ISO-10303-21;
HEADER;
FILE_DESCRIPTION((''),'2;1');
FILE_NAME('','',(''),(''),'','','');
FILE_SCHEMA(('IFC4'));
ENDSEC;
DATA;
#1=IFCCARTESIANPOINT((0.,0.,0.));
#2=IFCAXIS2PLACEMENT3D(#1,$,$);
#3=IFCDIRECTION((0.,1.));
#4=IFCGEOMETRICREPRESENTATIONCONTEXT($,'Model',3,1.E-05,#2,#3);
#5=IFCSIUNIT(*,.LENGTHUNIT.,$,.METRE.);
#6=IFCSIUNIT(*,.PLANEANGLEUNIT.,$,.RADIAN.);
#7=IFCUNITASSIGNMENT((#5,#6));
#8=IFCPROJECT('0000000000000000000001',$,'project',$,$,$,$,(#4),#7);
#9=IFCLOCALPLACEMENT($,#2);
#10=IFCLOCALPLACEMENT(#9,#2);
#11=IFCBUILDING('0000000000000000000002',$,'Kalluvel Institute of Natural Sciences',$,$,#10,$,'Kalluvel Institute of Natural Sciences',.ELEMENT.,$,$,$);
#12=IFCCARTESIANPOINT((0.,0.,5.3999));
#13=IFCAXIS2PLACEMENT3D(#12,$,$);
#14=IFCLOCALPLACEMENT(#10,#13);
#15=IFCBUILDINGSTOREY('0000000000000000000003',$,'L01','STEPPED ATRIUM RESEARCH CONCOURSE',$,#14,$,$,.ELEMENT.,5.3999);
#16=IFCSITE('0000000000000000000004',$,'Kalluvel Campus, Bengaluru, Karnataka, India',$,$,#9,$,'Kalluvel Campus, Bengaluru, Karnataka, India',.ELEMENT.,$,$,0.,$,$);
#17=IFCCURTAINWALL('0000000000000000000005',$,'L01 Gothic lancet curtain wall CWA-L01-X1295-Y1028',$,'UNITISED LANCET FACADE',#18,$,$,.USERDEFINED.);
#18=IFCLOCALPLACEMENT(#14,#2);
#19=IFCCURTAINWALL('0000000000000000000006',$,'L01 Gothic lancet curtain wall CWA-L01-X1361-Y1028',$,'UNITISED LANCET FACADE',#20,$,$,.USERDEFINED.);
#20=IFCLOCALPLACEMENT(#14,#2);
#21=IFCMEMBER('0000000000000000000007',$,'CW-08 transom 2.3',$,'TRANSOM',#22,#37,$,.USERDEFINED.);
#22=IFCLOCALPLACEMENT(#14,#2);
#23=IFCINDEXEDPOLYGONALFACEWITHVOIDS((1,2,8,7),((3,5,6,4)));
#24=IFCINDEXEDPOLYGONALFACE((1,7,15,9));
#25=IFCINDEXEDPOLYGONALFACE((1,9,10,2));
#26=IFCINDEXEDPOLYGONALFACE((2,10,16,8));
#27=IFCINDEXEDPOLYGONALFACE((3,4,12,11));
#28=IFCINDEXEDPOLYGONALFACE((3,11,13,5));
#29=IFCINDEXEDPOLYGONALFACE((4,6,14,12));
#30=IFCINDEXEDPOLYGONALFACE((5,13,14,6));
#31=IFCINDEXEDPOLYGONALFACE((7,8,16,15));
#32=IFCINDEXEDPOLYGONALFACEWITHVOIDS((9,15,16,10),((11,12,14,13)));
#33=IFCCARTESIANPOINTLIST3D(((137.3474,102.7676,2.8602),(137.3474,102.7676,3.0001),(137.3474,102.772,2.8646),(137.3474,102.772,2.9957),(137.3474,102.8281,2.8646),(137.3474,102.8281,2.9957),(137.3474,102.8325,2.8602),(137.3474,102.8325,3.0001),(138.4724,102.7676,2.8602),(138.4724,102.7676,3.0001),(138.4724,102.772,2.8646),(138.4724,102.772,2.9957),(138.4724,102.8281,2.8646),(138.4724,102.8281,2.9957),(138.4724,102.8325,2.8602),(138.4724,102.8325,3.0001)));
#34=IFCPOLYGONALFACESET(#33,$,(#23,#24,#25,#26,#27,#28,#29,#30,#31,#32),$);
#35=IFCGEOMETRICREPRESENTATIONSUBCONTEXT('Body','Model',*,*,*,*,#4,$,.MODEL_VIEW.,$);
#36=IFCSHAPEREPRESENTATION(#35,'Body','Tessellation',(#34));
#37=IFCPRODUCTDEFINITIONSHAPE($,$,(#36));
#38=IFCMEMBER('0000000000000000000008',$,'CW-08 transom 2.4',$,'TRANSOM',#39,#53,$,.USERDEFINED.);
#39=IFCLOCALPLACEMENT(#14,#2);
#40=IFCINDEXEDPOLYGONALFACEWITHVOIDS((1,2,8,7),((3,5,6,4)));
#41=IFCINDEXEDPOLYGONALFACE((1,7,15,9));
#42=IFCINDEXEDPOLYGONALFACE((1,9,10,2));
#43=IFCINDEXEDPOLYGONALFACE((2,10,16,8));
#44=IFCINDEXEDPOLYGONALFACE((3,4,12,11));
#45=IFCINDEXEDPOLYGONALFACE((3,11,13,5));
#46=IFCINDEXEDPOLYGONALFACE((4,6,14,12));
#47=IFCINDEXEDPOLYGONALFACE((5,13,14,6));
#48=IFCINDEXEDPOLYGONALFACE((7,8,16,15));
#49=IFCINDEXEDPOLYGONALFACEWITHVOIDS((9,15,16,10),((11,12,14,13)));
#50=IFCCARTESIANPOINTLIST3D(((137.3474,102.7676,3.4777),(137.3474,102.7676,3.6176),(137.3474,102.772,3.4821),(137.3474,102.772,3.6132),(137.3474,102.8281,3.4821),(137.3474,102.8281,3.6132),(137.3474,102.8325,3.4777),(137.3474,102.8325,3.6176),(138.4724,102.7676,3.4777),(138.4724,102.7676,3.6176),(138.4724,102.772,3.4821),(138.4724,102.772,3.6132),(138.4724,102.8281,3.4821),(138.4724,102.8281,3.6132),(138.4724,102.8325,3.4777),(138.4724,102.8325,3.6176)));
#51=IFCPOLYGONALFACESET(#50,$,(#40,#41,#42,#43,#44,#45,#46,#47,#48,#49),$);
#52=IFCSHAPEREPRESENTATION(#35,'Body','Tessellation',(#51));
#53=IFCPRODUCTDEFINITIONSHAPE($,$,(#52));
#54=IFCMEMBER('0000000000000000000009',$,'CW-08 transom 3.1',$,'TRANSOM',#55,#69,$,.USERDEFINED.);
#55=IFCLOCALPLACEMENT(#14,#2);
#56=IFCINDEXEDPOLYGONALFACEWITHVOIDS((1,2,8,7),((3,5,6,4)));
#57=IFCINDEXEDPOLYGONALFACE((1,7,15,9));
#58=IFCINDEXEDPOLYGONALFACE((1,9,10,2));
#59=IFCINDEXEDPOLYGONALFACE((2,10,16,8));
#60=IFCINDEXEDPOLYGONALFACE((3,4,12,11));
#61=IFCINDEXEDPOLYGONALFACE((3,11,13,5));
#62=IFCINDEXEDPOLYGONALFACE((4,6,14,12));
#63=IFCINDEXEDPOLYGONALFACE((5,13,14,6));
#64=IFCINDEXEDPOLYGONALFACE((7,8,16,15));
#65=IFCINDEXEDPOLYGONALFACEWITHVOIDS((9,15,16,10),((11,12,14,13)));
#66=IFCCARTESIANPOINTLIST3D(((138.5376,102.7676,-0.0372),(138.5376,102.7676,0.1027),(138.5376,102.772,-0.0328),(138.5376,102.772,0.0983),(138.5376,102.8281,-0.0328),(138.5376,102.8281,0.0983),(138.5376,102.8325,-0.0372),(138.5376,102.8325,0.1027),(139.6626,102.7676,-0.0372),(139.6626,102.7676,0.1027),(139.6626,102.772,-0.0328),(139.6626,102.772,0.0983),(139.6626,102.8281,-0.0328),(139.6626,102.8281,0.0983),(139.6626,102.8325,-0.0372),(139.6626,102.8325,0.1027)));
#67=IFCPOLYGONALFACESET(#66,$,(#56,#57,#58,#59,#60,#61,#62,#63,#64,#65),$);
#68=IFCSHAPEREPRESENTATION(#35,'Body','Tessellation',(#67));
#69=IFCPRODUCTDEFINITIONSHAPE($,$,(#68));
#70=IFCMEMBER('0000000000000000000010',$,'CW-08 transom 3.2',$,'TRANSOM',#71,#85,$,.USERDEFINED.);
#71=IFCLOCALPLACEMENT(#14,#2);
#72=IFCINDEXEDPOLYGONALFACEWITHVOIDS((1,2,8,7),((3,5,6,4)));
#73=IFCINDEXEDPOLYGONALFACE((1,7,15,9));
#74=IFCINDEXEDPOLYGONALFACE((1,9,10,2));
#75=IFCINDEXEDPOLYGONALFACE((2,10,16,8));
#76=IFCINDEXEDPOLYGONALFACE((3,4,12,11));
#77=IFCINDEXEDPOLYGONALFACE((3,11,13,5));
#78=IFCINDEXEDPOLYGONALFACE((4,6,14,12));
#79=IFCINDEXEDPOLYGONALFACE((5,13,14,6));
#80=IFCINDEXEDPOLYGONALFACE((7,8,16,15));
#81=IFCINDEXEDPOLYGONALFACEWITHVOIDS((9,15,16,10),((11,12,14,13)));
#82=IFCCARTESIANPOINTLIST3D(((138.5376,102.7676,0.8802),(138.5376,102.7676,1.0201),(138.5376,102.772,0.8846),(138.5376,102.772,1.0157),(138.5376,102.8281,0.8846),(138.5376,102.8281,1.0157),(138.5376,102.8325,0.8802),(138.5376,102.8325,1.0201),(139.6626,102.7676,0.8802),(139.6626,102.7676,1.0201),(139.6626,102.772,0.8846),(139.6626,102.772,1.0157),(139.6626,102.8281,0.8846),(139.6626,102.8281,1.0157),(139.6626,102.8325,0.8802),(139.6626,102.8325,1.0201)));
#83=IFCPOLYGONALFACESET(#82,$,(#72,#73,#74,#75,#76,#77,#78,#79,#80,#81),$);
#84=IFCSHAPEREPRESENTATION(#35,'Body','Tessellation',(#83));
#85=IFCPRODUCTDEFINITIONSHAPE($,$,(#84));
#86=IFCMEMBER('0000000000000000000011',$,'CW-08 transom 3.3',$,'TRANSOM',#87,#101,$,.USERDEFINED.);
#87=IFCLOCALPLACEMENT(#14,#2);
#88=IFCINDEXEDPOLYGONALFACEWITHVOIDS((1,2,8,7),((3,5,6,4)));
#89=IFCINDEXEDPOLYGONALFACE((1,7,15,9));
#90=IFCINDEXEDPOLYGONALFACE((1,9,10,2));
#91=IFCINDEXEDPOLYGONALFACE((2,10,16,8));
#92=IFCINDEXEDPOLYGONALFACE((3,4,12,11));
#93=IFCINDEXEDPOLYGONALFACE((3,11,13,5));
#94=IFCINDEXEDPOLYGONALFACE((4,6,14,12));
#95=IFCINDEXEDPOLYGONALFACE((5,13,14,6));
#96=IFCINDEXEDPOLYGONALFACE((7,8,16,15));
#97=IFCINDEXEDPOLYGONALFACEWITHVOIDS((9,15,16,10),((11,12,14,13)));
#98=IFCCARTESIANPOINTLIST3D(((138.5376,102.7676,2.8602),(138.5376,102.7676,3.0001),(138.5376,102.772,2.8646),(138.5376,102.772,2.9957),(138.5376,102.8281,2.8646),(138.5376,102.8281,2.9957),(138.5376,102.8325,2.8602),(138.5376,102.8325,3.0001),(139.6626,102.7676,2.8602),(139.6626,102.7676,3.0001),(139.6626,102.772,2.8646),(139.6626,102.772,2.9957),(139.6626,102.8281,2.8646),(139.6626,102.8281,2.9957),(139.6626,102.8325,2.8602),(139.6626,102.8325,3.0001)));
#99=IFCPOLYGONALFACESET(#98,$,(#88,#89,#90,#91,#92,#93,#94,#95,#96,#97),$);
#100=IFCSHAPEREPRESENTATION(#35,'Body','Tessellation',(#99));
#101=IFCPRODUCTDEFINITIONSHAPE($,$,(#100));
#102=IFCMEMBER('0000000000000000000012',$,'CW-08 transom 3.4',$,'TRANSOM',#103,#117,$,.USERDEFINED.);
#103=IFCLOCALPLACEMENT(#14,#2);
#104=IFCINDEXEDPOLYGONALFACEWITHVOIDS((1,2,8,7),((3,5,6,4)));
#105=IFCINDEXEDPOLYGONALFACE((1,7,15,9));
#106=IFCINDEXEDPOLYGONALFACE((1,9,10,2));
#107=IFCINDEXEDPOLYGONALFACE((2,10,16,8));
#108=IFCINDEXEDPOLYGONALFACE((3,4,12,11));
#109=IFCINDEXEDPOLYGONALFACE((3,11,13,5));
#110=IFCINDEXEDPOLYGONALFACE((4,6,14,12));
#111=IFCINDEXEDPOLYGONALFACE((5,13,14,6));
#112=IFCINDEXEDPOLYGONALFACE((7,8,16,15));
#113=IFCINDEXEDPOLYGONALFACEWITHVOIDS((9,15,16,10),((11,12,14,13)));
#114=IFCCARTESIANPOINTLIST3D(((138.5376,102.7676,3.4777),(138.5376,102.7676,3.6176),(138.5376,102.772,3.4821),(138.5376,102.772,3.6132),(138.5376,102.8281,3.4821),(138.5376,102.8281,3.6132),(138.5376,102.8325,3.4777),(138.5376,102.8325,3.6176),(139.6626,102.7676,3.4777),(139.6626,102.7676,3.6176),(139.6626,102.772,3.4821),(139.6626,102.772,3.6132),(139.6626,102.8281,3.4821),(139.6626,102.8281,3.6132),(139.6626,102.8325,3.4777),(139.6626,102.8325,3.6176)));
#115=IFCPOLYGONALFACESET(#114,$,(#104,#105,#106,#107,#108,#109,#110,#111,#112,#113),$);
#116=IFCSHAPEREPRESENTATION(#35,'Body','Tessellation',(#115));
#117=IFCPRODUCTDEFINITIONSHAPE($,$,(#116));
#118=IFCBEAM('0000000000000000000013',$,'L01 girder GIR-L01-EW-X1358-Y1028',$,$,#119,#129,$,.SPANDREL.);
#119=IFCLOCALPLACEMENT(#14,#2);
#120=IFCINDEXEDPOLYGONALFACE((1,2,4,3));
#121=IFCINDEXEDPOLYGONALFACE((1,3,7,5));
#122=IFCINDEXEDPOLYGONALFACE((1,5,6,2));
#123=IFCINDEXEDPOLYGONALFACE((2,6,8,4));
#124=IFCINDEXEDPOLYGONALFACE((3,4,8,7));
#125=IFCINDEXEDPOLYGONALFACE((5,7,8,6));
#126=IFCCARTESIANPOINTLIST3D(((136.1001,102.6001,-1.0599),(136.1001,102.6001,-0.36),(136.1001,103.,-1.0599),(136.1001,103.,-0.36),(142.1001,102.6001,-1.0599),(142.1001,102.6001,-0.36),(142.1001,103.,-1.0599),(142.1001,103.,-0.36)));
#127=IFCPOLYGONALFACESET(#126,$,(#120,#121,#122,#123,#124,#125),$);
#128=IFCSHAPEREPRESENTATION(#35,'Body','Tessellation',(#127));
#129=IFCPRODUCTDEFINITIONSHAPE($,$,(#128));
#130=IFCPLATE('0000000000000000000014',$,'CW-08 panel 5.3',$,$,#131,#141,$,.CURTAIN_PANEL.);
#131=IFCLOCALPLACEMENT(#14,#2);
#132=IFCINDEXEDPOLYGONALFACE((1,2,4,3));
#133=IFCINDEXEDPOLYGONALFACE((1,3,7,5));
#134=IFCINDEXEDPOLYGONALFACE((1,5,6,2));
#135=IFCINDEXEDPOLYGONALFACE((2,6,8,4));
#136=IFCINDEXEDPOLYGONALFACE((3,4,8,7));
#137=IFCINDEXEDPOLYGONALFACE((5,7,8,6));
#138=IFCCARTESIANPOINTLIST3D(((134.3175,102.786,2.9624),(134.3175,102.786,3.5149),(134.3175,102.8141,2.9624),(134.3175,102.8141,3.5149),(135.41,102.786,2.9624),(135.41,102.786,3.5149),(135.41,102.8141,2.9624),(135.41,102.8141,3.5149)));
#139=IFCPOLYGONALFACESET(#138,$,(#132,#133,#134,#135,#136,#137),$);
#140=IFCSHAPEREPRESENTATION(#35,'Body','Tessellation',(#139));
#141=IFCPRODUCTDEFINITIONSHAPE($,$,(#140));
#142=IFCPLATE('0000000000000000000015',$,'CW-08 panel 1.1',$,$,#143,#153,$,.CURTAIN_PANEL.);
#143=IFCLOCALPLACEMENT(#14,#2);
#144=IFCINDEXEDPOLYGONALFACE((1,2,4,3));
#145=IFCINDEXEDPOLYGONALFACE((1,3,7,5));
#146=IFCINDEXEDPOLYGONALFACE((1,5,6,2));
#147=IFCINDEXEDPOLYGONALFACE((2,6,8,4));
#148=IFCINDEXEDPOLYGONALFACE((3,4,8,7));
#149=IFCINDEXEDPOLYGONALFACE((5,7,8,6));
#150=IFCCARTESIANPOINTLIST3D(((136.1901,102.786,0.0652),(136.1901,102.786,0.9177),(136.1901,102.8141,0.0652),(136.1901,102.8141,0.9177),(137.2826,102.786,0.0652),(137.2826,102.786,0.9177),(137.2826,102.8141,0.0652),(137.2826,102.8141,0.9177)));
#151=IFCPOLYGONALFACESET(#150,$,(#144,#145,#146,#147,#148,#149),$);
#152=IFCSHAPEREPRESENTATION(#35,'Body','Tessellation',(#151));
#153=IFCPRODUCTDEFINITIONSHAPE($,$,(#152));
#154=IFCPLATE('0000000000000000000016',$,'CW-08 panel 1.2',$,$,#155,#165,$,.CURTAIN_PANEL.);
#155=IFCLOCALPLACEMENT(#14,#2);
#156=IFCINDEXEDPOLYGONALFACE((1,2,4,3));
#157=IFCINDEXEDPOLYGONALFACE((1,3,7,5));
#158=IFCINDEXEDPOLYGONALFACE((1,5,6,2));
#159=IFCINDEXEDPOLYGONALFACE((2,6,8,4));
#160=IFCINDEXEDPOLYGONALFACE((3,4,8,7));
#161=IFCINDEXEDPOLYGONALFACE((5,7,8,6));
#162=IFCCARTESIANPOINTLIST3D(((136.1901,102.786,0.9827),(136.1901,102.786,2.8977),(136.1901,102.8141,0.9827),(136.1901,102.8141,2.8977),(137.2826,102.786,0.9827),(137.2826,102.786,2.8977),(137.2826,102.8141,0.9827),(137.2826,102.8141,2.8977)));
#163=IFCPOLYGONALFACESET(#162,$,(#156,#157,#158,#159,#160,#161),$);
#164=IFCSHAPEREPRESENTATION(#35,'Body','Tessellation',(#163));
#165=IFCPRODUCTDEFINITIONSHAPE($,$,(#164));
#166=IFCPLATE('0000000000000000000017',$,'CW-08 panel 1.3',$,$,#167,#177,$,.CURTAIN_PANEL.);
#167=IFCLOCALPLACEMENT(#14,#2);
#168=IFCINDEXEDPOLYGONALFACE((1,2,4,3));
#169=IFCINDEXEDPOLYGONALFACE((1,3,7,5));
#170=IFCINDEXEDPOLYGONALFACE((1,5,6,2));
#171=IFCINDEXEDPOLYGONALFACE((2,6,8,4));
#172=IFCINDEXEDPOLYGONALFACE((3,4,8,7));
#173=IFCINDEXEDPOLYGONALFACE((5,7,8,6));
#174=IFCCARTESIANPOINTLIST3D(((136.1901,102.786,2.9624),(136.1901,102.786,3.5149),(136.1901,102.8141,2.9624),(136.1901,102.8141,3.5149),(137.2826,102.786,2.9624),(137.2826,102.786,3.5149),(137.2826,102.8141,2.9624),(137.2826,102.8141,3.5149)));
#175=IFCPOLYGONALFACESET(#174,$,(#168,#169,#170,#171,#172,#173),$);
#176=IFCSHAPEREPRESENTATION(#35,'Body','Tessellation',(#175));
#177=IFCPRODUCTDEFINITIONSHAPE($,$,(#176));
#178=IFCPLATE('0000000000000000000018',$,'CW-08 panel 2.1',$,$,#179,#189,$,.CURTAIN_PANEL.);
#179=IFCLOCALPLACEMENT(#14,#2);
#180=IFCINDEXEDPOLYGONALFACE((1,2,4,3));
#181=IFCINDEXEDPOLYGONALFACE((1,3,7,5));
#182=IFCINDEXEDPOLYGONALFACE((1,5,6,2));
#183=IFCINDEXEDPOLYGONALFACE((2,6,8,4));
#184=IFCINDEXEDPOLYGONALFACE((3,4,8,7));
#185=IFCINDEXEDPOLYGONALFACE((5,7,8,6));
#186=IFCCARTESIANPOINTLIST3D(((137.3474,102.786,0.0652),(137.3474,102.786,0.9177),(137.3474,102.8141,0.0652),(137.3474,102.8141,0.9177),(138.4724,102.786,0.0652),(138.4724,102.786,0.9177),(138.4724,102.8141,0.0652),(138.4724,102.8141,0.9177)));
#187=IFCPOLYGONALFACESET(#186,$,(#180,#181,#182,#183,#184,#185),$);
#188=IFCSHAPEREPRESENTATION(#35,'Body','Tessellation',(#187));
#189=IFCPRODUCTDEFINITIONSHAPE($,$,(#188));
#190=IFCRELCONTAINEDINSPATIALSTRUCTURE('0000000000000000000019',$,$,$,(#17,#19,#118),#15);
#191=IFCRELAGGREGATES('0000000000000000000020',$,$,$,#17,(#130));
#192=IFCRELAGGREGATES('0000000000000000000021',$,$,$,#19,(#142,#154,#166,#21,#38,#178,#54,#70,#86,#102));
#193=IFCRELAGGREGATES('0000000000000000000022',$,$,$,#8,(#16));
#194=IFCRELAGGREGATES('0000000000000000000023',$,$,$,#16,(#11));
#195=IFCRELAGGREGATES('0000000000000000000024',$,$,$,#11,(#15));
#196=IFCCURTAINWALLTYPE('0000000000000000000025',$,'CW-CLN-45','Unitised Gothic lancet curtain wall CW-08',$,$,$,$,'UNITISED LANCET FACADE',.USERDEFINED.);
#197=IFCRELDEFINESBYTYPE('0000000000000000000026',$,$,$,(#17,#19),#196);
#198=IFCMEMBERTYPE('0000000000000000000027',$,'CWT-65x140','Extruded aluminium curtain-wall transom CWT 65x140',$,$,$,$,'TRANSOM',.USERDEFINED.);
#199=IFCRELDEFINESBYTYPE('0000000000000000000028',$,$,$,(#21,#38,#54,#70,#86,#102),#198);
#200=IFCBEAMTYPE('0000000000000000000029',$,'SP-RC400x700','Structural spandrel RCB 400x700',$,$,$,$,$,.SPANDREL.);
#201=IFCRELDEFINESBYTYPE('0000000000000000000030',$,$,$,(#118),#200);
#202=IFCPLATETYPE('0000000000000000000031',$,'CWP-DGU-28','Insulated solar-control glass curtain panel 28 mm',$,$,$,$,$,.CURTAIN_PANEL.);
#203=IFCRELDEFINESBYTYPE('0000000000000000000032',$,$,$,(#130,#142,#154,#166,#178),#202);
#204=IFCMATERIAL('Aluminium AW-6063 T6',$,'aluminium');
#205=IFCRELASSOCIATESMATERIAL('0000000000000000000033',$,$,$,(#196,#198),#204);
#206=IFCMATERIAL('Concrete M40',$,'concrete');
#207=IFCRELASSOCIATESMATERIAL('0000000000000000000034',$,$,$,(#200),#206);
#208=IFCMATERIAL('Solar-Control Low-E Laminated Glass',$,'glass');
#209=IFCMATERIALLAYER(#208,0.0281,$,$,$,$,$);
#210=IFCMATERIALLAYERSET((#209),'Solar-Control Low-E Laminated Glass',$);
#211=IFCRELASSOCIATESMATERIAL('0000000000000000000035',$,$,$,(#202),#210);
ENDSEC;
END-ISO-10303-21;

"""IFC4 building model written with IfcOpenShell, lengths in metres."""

from ifc_helpers import new_model, si_unit, direction, frame, origin, origin_2d, place, context, subcontext, project, spatial, rectangle, hollow_rectangle, extrude, material, layer, layer_set, material_profile, profile_set, type_object, element, aggregate, save


model = new_model("IFC4")

# Units and contexts
model_context = context("Model", 3, precision=1e-05, world=origin(), true_north=direction((0.0, 1.0)))
body_context = subcontext(model_context, "Body", "Model", "MODEL_VIEW")
ifc_project = project(units=[si_unit("LENGTHUNIT", "METRE"), si_unit("PLANEANGLEUNIT", "RADIAN")], contexts=[model_context])

# Site, building, storey
site_placement = place(None, origin())
site = spatial("IfcSite", under=ifc_project, at=site_placement, Name="Kalluvel Campus, Bengaluru, Karnataka, India", LongName="Kalluvel Campus, Bengaluru, Karnataka, India", CompositionType="ELEMENT", RefElevation=0.0)
building_placement = place(site_placement, origin())
building = spatial("IfcBuilding", under=site, at=building_placement, Name="Kalluvel Institute of Natural Sciences", LongName="Kalluvel Institute of Natural Sciences", CompositionType="ELEMENT")
storey_placement = place(building_placement, frame((0.0, 0.0, 5.3999)))
storey = spatial("IfcBuildingStorey", under=building, at=storey_placement, Name="L01", Description="STEPPED ATRIUM RESEARCH CONCOURSE", CompositionType="ELEMENT", Elevation=5.3999)

# Shared definitions
ifc_material_1 = material(Name="Concrete M40", Category="concrete")

# Curtain wall
ifc_material_2 = material(Name="Aluminium AW-6063 T6", Category="aluminium")
curtain_wall_type = type_object("IfcCurtainWallType", Name="CW-CLN-45", Description="Unitised Gothic lancet curtain wall CW-08", ElementType="UNITISED LANCET FACADE", PredefinedType="USERDEFINED", material=ifc_material_2)
curtain_wall_1_placement = place(storey_placement, origin())
curtain_wall_1 = element("IfcCurtainWall", 1, at=curtain_wall_1_placement, inside=storey, type_object=curtain_wall_type, Name="L01 Gothic lancet curtain wall CWA-L01-X1295-Y1028", ObjectType="UNITISED LANCET FACADE", PredefinedType="USERDEFINED")

# Curtain wall, members
curtain_wall_2_placement = place(storey_placement, origin())
curtain_wall_2 = element("IfcCurtainWall", 2, at=curtain_wall_2_placement, inside=storey, type_object=curtain_wall_type, Name="L01 Gothic lancet curtain wall CWA-L01-X1361-Y1028", ObjectType="UNITISED LANCET FACADE", PredefinedType="USERDEFINED")
ifc_material_profile_1 = material_profile(ifc_material_2, hollow_rectangle(XDim=0.0649, YDim=0.1399, WallThickness=0.0044, at=origin_2d()), Name="CWT 65x140")
ifc_profile_set_1 = profile_set([ifc_material_profile_1], Name="Aluminium AW-6063 T6")
member_type_1 = type_object("IfcMemberType", Name="CWT-65x140", Description="Extruded aluminium curtain-wall transom CWT 65x140", ElementType="TRANSOM", PredefinedType="USERDEFINED", material=ifc_profile_set_1)
member_1_placement = place(storey_placement, frame((137.3474, 102.8, 2.9302), z_axis=(1.0, 0.0, 0.0), x_axis=(0.0, 1.0, 0.0)))
member_1 = element("IfcMember", 3, at=member_1_placement, type_object=member_type_1, Name="CW-08 transom 2.3", ObjectType="TRANSOM", PredefinedType="USERDEFINED", context=body_context, shape_type="SweptSolid", body=[
    extrude(hollow_rectangle(XDim=0.0649, YDim=0.1399, WallThickness=0.0044, at=origin_2d()), origin(), (0.0, 0.0, 1.0), 1.125),
])
member_2_placement = place(storey_placement, frame((137.3474, 102.8, 3.5476), z_axis=(1.0, 0.0, 0.0), x_axis=(0.0, 1.0, 0.0)))
member_2 = element("IfcMember", 4, at=member_2_placement, type_object=member_type_1, Name="CW-08 transom 2.4", ObjectType="TRANSOM", PredefinedType="USERDEFINED", context=body_context, shape_type="SweptSolid", body=[
    extrude(hollow_rectangle(XDim=0.0649, YDim=0.1399, WallThickness=0.0044, at=origin_2d()), origin(), (0.0, 0.0, 1.0), 1.125),
])
member_3_placement = place(storey_placement, frame((138.5376, 102.8, 0.0327), z_axis=(1.0, 0.0, 0.0), x_axis=(0.0, 1.0, 0.0)))
member_3 = element("IfcMember", 5, at=member_3_placement, type_object=member_type_1, Name="CW-08 transom 3.1", ObjectType="TRANSOM", PredefinedType="USERDEFINED", context=body_context, shape_type="SweptSolid", body=[
    extrude(hollow_rectangle(XDim=0.0649, YDim=0.1399, WallThickness=0.0044, at=origin_2d()), origin(), (0.0, 0.0, 1.0), 1.125),
])
member_4_placement = place(storey_placement, frame((138.5376, 102.8, 0.9502), z_axis=(1.0, 0.0, 0.0), x_axis=(0.0, 1.0, 0.0)))
member_4 = element("IfcMember", 6, at=member_4_placement, type_object=member_type_1, Name="CW-08 transom 3.2", ObjectType="TRANSOM", PredefinedType="USERDEFINED", context=body_context, shape_type="SweptSolid", body=[
    extrude(hollow_rectangle(XDim=0.0649, YDim=0.1399, WallThickness=0.0044, at=origin_2d()), origin(), (0.0, 0.0, 1.0), 1.125),
])
member_5_placement = place(storey_placement, frame((138.5376, 102.8, 2.9302), z_axis=(1.0, 0.0, 0.0), x_axis=(0.0, 1.0, 0.0)))
member_5 = element("IfcMember", 7, at=member_5_placement, type_object=member_type_1, Name="CW-08 transom 3.3", ObjectType="TRANSOM", PredefinedType="USERDEFINED", context=body_context, shape_type="SweptSolid", body=[
    extrude(hollow_rectangle(XDim=0.0649, YDim=0.1399, WallThickness=0.0044, at=origin_2d()), origin(), (0.0, 0.0, 1.0), 1.125),
])
member_6_placement = place(storey_placement, frame((138.5376, 102.8, 3.5476), z_axis=(1.0, 0.0, 0.0), x_axis=(0.0, 1.0, 0.0)))
member_6 = element("IfcMember", 8, at=member_6_placement, type_object=member_type_1, Name="CW-08 transom 3.4", ObjectType="TRANSOM", PredefinedType="USERDEFINED", context=body_context, shape_type="SweptSolid", body=[
    extrude(hollow_rectangle(XDim=0.0649, YDim=0.1399, WallThickness=0.0044, at=origin_2d()), origin(), (0.0, 0.0, 1.0), 1.125),
])

# Beam
ifc_material_profile_2 = material_profile(ifc_material_1, rectangle(XDim=0.3999, YDim=0.7, at=origin_2d()), Name="RCB 400x700")
ifc_profile_set_2 = profile_set([ifc_material_profile_2], Name="Concrete M40")
beam_type = type_object("IfcBeamType", Name="SP-RC400x700", Description="Structural spandrel RCB 400x700", PredefinedType="SPANDREL", material=ifc_profile_set_2)
beam_placement = place(storey_placement, frame((136.1001, 102.8, -0.71), z_axis=(1.0, 0.0, 0.0), x_axis=(0.0, 1.0, 0.0)))
element("IfcBeam", 9, at=beam_placement, inside=storey, type_object=beam_type, Name="L01 girder GIR-L01-EW-X1358-Y1028", PredefinedType="SPANDREL", context=body_context, shape_type="SweptSolid", body=[
    extrude(rectangle(XDim=0.3999, YDim=0.7, at=origin_2d()), origin(), (0.0, 0.0, 1.0), 6.0),
])

# Plates
ifc_material_3 = material(Name="Solar-Control Low-E Laminated Glass", Category="glass")
ifc_layer = layer(ifc_material_3, 0.0281)
ifc_layer_set = layer_set([ifc_layer], Name="Solar-Control Low-E Laminated Glass")
plate_type = type_object("IfcPlateType", Name="CWP-DGU-28", Description="Insulated solar-control glass curtain panel 28 mm", PredefinedType="CURTAIN_PANEL", material=ifc_layer_set)
plate_1_placement = place(storey_placement, frame((134.8638, 102.8, 2.9624), z_axis=(0.0, 0.0, 1.0), x_axis=(1.0, 0.0, 0.0)))
plate_1 = element("IfcPlate", 10, at=plate_1_placement, type_object=plate_type, Name="CW-08 panel 5.3", PredefinedType="CURTAIN_PANEL", context=body_context, shape_type="SweptSolid", body=[
    extrude(rectangle(XDim=1.0925, YDim=0.0281, at=origin_2d()), origin(), (0.0, 0.0, 1.0), 0.5525),
])
aggregate(curtain_wall_1, [plate_1])
plate_2_placement = place(storey_placement, frame((136.7363, 102.8, 0.0652), z_axis=(0.0, 0.0, 1.0), x_axis=(1.0, 0.0, 0.0)))
plate_2 = element("IfcPlate", 11, at=plate_2_placement, type_object=plate_type, Name="CW-08 panel 1.1", PredefinedType="CURTAIN_PANEL", context=body_context, shape_type="SweptSolid", body=[
    extrude(rectangle(XDim=1.0925, YDim=0.0281, at=origin_2d()), origin(), (0.0, 0.0, 1.0), 0.8525),
])
plate_3_placement = place(storey_placement, frame((136.7363, 102.8, 0.9827), z_axis=(0.0, 0.0, 1.0), x_axis=(1.0, 0.0, 0.0)))
plate_3 = element("IfcPlate", 12, at=plate_3_placement, type_object=plate_type, Name="CW-08 panel 1.2", PredefinedType="CURTAIN_PANEL", context=body_context, shape_type="SweptSolid", body=[
    extrude(rectangle(XDim=1.0925, YDim=0.0281, at=origin_2d()), origin(), (0.0, 0.0, 1.0), 1.915),
])
plate_4_placement = place(storey_placement, frame((136.7363, 102.8, 2.9624), z_axis=(0.0, 0.0, 1.0), x_axis=(1.0, 0.0, 0.0)))
plate_4 = element("IfcPlate", 13, at=plate_4_placement, type_object=plate_type, Name="CW-08 panel 1.3", PredefinedType="CURTAIN_PANEL", context=body_context, shape_type="SweptSolid", body=[
    extrude(rectangle(XDim=1.0925, YDim=0.0281, at=origin_2d()), origin(), (0.0, 0.0, 1.0), 0.5525),
])
plate_5_placement = place(storey_placement, frame((137.9099, 102.8, 0.0652), z_axis=(0.0, 0.0, 1.0), x_axis=(1.0, 0.0, 0.0)))
plate_5 = element("IfcPlate", 14, at=plate_5_placement, type_object=plate_type, Name="CW-08 panel 2.1", PredefinedType="CURTAIN_PANEL", context=body_context, shape_type="SweptSolid", body=[
    extrude(rectangle(XDim=1.125, YDim=0.0281, at=origin_2d()), origin(), (0.0, 0.0, 1.0), 0.8525),
])
aggregate(curtain_wall_2, [plate_2, plate_3, plate_4, member_1, member_2, plate_5, member_3, member_4, member_5, member_6])

save(model, "model.ifc")
